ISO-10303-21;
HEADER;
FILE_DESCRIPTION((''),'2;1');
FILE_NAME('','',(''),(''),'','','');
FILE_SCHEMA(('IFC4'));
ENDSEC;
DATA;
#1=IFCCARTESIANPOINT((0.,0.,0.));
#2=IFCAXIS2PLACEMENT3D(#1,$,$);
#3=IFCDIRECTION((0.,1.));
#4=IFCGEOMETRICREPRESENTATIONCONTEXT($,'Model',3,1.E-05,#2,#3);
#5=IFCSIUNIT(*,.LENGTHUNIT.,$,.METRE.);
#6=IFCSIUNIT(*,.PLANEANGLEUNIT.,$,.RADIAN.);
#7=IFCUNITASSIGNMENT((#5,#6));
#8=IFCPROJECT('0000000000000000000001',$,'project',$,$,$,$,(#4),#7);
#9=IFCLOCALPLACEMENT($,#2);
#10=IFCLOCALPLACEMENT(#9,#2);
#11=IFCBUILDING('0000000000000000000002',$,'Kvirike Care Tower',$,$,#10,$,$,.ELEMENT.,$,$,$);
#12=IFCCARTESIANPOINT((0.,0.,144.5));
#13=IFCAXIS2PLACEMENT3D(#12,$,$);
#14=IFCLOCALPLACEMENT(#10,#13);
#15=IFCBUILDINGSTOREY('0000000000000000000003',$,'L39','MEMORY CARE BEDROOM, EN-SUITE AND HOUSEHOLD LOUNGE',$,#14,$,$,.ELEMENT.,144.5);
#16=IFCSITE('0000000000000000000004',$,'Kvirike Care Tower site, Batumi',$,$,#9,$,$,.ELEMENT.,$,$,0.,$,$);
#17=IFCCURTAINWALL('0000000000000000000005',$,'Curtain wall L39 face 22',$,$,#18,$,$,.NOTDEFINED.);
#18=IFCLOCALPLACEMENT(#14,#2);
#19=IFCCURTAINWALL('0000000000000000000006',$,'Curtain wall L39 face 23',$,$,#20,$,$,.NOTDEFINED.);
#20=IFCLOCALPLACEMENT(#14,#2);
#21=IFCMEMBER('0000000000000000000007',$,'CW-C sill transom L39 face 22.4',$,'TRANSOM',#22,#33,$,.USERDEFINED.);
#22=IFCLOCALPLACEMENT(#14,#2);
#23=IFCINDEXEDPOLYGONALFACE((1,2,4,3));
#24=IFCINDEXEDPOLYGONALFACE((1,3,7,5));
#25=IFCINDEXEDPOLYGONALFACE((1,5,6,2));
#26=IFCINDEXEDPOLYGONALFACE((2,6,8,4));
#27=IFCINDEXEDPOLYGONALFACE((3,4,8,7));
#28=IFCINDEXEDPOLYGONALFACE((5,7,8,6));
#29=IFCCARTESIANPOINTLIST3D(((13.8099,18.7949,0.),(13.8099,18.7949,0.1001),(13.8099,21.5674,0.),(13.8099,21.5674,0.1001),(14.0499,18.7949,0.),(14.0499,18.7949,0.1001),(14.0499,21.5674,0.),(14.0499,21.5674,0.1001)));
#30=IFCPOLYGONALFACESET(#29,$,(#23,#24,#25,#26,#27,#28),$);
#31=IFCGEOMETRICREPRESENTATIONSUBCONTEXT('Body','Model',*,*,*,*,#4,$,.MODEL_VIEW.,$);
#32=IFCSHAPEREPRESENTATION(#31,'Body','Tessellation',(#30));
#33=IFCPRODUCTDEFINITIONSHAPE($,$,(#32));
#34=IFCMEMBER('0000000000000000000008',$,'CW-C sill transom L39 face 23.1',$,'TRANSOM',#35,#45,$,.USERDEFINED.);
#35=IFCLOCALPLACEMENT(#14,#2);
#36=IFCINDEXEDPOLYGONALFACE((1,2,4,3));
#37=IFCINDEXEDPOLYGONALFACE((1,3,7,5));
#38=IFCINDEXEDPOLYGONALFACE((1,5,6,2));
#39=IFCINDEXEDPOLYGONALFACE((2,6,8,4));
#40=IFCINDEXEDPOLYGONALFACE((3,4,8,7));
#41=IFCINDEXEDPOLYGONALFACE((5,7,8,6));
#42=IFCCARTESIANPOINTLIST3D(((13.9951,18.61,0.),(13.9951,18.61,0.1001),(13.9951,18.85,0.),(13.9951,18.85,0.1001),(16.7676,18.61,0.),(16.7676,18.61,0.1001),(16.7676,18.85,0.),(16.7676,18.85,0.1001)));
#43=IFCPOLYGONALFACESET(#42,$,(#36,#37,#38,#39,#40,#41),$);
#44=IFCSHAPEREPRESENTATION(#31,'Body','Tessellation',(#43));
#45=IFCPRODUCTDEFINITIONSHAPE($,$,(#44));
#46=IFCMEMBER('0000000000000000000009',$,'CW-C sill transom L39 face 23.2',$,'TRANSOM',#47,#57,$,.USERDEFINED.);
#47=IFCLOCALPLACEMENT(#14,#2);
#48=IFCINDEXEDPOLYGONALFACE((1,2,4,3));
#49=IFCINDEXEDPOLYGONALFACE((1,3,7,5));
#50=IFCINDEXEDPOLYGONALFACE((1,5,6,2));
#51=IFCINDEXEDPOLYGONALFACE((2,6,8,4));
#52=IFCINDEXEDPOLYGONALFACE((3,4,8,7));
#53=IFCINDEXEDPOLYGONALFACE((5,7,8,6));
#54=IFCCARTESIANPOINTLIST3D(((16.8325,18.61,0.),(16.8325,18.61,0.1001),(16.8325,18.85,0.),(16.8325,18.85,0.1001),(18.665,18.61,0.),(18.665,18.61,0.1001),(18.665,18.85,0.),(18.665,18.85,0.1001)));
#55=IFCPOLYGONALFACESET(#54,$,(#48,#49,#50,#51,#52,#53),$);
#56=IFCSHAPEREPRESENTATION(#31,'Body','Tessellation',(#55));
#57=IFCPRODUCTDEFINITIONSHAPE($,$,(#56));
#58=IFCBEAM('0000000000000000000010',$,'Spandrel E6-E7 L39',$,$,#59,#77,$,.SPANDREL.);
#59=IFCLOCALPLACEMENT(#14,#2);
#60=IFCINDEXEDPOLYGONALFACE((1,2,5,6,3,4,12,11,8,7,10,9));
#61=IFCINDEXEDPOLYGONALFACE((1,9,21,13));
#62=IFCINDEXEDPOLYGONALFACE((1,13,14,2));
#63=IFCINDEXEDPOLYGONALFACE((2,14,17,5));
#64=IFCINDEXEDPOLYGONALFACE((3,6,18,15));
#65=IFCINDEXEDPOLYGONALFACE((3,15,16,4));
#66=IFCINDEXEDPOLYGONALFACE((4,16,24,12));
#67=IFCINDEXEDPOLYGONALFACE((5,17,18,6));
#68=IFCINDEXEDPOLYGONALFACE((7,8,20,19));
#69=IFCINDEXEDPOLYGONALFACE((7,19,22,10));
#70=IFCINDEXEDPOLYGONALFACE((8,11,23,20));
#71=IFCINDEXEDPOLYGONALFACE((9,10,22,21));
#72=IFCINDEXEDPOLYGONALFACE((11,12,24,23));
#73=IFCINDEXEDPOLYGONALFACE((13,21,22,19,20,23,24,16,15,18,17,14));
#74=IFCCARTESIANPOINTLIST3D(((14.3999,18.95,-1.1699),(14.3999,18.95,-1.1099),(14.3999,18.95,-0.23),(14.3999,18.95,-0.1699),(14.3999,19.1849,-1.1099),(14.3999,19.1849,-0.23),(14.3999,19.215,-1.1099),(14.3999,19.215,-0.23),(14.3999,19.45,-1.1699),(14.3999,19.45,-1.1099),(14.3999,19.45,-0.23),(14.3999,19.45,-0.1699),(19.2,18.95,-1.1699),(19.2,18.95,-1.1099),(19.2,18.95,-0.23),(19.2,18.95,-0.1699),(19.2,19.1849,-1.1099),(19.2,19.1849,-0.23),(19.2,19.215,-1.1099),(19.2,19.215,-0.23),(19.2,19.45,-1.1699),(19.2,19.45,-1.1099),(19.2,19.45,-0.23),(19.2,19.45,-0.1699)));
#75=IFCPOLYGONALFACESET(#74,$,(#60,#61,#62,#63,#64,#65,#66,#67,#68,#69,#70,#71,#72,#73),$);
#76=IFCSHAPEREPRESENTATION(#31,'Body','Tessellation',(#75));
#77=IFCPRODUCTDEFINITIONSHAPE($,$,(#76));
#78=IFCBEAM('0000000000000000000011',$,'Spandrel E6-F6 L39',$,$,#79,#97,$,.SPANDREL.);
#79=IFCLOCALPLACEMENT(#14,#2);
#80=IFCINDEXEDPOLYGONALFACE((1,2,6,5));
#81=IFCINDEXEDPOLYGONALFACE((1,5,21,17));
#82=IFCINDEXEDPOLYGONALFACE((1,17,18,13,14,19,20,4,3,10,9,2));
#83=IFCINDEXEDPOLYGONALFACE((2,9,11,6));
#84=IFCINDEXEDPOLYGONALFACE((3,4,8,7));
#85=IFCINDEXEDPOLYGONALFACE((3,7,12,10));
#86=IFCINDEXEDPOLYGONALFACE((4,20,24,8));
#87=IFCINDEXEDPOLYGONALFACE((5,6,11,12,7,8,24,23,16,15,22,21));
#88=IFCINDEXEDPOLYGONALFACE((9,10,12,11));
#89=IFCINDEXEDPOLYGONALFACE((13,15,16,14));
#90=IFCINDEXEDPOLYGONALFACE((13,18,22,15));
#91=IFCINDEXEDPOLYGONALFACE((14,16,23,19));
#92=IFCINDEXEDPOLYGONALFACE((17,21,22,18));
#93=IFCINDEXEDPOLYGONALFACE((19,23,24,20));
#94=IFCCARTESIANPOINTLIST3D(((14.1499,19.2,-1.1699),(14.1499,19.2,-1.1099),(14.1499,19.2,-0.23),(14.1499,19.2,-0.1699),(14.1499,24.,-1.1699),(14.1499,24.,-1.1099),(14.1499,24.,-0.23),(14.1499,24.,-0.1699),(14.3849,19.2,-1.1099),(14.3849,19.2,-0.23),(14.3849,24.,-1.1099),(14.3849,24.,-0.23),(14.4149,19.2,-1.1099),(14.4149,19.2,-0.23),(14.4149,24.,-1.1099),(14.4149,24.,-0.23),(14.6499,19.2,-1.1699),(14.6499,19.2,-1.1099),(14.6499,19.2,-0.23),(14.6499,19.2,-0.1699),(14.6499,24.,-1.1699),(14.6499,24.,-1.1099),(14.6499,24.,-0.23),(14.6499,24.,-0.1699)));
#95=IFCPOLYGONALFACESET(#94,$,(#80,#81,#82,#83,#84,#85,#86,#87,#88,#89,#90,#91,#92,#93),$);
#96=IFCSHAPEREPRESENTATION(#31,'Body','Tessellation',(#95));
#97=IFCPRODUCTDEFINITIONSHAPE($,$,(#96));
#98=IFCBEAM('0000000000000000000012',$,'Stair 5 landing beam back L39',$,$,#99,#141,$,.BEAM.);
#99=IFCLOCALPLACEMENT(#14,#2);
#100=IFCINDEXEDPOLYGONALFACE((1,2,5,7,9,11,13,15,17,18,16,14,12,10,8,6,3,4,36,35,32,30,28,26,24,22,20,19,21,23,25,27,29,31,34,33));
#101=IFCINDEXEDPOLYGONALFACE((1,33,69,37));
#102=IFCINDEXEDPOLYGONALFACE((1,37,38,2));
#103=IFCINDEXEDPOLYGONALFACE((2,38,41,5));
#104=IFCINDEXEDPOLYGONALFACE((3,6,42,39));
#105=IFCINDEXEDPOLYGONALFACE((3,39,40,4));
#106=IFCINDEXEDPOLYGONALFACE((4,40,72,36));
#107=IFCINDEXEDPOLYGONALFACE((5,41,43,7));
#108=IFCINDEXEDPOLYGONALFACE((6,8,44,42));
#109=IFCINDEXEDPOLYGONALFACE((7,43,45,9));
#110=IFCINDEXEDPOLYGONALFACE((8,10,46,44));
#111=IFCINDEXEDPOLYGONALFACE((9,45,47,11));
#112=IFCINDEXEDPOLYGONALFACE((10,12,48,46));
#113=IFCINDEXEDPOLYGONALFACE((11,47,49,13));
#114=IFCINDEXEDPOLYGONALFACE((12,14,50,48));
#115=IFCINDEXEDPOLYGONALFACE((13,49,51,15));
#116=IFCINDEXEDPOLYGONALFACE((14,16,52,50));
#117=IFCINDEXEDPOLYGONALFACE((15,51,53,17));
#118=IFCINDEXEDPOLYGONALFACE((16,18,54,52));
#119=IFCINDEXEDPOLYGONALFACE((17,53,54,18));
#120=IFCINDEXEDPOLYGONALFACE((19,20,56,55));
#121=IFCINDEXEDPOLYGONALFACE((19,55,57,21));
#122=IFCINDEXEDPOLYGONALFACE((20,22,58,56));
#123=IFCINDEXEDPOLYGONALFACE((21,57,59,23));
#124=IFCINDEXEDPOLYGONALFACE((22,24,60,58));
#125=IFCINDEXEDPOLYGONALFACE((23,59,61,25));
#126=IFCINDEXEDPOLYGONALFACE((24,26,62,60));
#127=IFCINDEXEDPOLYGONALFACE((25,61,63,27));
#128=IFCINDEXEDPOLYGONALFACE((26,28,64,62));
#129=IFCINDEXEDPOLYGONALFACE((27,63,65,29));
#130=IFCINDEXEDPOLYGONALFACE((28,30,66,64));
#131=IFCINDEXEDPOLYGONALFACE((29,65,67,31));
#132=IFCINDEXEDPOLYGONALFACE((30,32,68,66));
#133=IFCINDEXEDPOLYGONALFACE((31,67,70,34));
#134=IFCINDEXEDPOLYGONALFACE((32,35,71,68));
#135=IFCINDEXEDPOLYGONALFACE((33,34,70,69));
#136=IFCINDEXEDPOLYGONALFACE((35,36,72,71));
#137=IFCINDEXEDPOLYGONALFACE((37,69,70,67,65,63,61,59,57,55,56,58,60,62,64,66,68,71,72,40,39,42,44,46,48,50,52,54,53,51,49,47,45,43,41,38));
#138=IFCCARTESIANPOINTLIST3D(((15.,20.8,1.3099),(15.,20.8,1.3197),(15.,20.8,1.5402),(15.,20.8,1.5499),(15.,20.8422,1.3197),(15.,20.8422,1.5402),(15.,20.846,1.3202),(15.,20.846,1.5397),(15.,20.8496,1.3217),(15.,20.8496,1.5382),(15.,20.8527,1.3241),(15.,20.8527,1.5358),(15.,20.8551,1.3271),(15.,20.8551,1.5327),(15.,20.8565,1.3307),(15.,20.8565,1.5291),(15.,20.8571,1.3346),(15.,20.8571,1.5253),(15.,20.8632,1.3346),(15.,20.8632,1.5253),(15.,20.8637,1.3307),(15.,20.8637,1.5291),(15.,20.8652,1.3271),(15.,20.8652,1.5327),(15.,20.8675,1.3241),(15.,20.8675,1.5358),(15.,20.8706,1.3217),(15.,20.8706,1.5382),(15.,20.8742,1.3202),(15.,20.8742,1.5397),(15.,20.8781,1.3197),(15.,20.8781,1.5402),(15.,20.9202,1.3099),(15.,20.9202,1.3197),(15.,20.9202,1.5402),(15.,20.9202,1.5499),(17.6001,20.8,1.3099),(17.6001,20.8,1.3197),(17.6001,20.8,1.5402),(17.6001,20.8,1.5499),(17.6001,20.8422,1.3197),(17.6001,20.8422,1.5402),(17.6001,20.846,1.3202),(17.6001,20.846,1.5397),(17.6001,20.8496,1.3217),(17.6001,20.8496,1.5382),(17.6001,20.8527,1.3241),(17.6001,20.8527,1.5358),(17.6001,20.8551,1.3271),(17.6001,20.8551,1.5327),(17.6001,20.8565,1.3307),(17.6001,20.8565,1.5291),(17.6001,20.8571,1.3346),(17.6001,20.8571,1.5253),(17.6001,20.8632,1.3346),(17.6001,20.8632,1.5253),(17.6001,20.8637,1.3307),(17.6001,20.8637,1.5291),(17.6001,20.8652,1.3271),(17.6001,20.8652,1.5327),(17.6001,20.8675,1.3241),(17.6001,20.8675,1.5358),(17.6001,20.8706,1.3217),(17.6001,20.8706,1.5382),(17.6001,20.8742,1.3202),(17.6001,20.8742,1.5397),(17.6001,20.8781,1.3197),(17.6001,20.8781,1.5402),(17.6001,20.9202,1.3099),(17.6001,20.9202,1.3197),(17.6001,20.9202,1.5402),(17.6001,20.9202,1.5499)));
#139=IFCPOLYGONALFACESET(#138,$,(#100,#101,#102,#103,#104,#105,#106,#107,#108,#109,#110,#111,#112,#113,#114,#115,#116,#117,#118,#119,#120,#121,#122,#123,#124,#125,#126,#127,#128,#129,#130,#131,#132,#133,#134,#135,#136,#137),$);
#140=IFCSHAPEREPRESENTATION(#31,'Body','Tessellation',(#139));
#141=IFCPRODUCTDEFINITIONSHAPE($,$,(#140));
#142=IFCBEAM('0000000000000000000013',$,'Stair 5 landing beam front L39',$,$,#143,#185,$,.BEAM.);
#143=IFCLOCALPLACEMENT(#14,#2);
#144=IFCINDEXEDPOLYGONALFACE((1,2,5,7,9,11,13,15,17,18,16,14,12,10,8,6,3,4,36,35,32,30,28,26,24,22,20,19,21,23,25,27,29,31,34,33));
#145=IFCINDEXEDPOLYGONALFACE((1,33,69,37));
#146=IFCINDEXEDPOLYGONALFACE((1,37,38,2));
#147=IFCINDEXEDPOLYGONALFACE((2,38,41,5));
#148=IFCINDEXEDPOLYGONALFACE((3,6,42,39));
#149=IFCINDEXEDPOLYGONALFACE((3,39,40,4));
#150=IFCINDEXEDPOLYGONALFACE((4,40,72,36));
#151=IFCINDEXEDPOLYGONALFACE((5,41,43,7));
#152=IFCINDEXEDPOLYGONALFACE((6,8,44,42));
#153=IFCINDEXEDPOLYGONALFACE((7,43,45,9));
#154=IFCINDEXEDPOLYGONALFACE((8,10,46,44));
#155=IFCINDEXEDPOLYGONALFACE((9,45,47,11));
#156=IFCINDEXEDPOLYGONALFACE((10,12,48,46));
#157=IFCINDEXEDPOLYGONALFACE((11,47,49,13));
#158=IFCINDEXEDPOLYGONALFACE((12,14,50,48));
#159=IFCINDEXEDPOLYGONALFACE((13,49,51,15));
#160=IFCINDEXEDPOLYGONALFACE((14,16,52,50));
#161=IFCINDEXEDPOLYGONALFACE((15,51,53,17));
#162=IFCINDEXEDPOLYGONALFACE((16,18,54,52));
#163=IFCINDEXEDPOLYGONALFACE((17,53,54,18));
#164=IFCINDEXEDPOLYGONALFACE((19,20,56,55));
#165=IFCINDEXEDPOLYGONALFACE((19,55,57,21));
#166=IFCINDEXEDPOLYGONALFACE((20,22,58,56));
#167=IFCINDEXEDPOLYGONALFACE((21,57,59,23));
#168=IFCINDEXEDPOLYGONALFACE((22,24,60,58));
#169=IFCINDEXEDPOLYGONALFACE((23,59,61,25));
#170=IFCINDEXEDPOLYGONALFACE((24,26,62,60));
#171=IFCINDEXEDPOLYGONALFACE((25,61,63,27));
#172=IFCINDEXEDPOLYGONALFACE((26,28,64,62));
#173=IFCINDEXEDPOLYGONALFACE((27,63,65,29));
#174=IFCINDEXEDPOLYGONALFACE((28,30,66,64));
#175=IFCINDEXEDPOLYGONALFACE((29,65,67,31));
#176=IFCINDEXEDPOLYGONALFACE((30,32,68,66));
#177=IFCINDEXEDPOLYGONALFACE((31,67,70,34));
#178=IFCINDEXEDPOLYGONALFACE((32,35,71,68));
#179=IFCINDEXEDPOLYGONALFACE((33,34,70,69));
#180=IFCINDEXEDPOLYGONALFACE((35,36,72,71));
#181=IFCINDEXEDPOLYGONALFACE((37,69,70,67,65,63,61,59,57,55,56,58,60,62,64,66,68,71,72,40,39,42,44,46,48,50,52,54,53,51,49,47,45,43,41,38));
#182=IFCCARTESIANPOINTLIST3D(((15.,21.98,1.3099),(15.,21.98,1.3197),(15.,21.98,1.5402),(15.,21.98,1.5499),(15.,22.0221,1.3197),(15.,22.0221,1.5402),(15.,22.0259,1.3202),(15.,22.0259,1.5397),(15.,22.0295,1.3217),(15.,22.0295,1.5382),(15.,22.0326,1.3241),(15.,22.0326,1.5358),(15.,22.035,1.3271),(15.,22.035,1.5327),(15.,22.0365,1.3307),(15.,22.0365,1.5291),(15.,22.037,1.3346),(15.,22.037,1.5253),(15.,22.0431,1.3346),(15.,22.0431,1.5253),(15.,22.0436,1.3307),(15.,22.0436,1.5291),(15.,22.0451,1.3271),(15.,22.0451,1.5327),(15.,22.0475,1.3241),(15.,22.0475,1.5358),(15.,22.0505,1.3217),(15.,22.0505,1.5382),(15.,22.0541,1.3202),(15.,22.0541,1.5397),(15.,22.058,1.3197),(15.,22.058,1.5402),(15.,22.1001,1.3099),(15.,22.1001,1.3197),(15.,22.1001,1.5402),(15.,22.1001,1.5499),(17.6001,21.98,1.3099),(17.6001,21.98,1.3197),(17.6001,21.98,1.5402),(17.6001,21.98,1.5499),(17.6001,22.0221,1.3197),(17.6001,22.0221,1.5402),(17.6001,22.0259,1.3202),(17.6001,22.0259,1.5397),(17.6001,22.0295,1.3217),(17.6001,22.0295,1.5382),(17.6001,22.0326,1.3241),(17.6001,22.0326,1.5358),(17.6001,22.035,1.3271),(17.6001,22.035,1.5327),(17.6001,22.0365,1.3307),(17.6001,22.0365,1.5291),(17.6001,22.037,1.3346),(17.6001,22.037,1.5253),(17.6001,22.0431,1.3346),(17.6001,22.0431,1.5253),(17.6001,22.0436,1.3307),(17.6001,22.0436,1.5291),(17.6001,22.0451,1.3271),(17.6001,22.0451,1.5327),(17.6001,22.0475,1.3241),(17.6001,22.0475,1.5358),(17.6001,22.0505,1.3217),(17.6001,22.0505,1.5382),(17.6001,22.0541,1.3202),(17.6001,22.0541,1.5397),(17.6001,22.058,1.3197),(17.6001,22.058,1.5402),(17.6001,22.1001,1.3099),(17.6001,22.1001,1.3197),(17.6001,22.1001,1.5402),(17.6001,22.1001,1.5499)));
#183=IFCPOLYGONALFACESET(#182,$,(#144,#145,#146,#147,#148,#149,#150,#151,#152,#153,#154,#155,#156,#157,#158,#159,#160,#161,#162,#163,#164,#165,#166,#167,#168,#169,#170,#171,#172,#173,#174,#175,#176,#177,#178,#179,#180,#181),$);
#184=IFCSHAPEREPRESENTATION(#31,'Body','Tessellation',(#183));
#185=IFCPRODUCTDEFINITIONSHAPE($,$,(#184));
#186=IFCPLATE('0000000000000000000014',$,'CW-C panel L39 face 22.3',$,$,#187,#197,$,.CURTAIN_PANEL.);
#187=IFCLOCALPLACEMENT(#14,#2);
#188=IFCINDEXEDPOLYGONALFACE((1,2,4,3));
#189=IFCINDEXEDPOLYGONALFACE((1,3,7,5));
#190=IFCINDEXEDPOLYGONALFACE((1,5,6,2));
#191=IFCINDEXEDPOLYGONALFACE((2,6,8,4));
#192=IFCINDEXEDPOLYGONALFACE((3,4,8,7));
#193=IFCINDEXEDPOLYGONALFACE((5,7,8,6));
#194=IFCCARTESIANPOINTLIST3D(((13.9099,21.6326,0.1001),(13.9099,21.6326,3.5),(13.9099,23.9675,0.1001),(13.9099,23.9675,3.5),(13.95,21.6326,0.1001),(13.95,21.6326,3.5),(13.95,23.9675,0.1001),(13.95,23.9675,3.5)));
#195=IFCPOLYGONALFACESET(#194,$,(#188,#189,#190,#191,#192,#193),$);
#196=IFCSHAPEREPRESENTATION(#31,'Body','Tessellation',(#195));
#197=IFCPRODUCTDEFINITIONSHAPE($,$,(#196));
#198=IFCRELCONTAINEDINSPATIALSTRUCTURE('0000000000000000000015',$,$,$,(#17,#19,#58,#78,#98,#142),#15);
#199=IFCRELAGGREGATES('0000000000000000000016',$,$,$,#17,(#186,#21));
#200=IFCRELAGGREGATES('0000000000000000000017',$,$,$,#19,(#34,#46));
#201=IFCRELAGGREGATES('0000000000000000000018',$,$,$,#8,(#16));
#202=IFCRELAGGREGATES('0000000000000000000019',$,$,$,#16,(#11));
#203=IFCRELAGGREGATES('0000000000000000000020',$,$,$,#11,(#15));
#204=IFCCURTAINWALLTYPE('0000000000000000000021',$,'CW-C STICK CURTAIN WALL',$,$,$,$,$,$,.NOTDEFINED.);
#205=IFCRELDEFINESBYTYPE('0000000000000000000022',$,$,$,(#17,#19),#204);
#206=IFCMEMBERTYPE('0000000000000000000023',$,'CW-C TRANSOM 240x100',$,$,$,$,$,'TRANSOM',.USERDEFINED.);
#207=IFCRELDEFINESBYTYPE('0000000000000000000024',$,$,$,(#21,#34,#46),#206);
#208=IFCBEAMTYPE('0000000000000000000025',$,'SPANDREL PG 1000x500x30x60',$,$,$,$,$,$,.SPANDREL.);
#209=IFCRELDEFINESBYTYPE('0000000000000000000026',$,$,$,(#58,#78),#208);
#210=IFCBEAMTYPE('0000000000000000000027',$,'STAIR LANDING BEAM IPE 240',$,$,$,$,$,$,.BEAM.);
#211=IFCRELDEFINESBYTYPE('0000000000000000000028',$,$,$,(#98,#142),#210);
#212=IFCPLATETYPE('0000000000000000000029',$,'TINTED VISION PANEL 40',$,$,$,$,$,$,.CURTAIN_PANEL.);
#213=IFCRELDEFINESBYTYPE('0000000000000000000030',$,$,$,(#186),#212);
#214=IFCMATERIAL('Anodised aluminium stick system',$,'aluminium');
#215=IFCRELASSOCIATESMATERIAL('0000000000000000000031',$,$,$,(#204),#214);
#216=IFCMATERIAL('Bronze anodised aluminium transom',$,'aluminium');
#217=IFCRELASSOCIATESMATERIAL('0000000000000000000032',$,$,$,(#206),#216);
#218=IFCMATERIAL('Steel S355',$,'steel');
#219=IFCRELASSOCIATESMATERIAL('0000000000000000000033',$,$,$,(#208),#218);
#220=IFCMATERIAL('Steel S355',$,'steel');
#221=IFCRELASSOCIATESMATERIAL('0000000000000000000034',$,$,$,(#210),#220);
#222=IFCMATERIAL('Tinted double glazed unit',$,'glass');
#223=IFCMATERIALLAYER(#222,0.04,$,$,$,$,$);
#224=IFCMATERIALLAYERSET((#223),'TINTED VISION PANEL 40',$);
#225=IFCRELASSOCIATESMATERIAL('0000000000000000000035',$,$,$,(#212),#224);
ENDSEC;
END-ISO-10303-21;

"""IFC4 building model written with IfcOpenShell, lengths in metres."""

from ifc_helpers import new_model, si_unit, direction, frame, origin, origin_2d, place, context, subcontext, project, spatial, rectangle, i_section, extrude, material, layer, layer_set, material_profile, profile_set, type_object, element, aggregate, save


model = new_model("IFC4")

# Units and contexts
model_context = context("Model", 3, precision=1e-05, world=origin(), true_north=direction((0.0, 1.0)))
body_context = subcontext(model_context, "Body", "Model", "MODEL_VIEW")
ifc_project = project(units=[si_unit("LENGTHUNIT", "METRE"), si_unit("PLANEANGLEUNIT", "RADIAN")], contexts=[model_context])

# Site, building, storey
site_placement = place(None, origin())
site = spatial("IfcSite", under=ifc_project, at=site_placement, Name="Kvirike Care Tower site, Batumi", CompositionType="ELEMENT", RefElevation=0.0)
building_placement = place(site_placement, origin())
building = spatial("IfcBuilding", under=site, at=building_placement, Name="Kvirike Care Tower", CompositionType="ELEMENT")
storey_placement = place(building_placement, frame((0.0, 0.0, 144.5)))
storey = spatial("IfcBuildingStorey", under=building, at=storey_placement, Name="L39", Description="MEMORY CARE BEDROOM, EN-SUITE AND HOUSEHOLD LOUNGE", CompositionType="ELEMENT", Elevation=144.5)

# Curtain walls
ifc_material_1 = material(Name="Anodised aluminium stick system", Category="aluminium")
curtain_wall_type = type_object("IfcCurtainWallType", Name="CW-C STICK CURTAIN WALL", PredefinedType="NOTDEFINED", material=ifc_material_1)
curtain_wall_1_placement = place(storey_placement, origin())
curtain_wall_1 = element("IfcCurtainWall", 1, at=curtain_wall_1_placement, inside=storey, type_object=curtain_wall_type, Name="Curtain wall L39 face 22", PredefinedType="NOTDEFINED")
curtain_wall_2_placement = place(storey_placement, origin())
curtain_wall_2 = element("IfcCurtainWall", 2, at=curtain_wall_2_placement, inside=storey, type_object=curtain_wall_type, Name="Curtain wall L39 face 23", PredefinedType="NOTDEFINED")

# Members
ifc_material_2 = material(Name="Bronze anodised aluminium transom", Category="aluminium")
ifc_material_profile_1 = material_profile(ifc_material_2, rectangle(XDim=0.24, YDim=0.1001, at=origin_2d()), Name="CW-C TRANSOM 240x100")
ifc_profile_set_1 = profile_set([ifc_material_profile_1], Name="Bronze anodised aluminium transom")
member_type_1 = type_object("IfcMemberType", Name="CW-C TRANSOM 240x100", ElementType="TRANSOM", PredefinedType="USERDEFINED", material=ifc_profile_set_1)
member_1_placement = place(storey_placement, frame((13.9299, 21.5674, 0.05), z_axis=(0.0, -1.0, 0.0), x_axis=(1.0, 0.0, 0.0)))
member_1 = element("IfcMember", 3, at=member_1_placement, type_object=member_type_1, Name="CW-C sill transom L39 face 22.4", ObjectType="TRANSOM", PredefinedType="USERDEFINED", context=body_context, shape_type="SweptSolid", body=[
    extrude(rectangle(XDim=0.24, YDim=0.1001, at=origin_2d()), origin(), (0.0, 0.0, 1.0), 2.7725),
])
member_2_placement = place(storey_placement, frame((13.9951, 18.73, 0.05), z_axis=(1.0, 0.0, 0.0), x_axis=(0.0, 1.0, 0.0)))
member_2 = element("IfcMember", 4, at=member_2_placement, type_object=member_type_1, Name="CW-C sill transom L39 face 23.1", ObjectType="TRANSOM", PredefinedType="USERDEFINED", context=body_context, shape_type="SweptSolid", body=[
    extrude(rectangle(XDim=0.24, YDim=0.1001, at=origin_2d()), origin(), (0.0, 0.0, 1.0), 2.7725),
])
member_3_placement = place(storey_placement, frame((16.8325, 18.73, 0.05), z_axis=(1.0, 0.0, 0.0), x_axis=(0.0, 1.0, 0.0)))
member_3 = element("IfcMember", 5, at=member_3_placement, type_object=member_type_1, Name="CW-C sill transom L39 face 23.2", ObjectType="TRANSOM", PredefinedType="USERDEFINED", context=body_context, shape_type="SweptSolid", body=[
    extrude(rectangle(XDim=0.24, YDim=0.1001, at=origin_2d()), origin(), (0.0, 0.0, 1.0), 1.8325),
])

# Beams
ifc_material_3 = material(Name="Steel S355", Category="steel")
ifc_material_profile_2 = material_profile(ifc_material_3, i_section(OverallWidth=0.5, OverallDepth=1.0, WebThickness=0.03, FlangeThickness=0.0601, at=origin_2d()), Name="PG 1000x500x30x60")
ifc_profile_set_2 = profile_set([ifc_material_profile_2], Name="Steel S355")
beam_type_1 = type_object("IfcBeamType", Name="SPANDREL PG 1000x500x30x60", PredefinedType="SPANDREL", material=ifc_profile_set_2)
for number, where, z_axis, x_axis, name in (
    (6, (14.3999, 19.2, -0.6699), (1.0, 0.0, 0.0), (0.0, 1.0, 0.0), "Spandrel E6-E7 L39"),
    (7, (14.3999, 19.2, -0.6699), (0.0, 1.0, 0.0), (-1.0, 0.0, 0.0), "Spandrel E6-F6 L39"),
):
    element("IfcBeam", number, at=place(storey_placement, frame(where, z_axis=z_axis, x_axis=x_axis)), inside=storey, type_object=beam_type_1, Name=name, PredefinedType="SPANDREL", context=body_context, shape_type="SweptSolid", body=[
        extrude(i_section(OverallWidth=0.5, OverallDepth=1.0, WebThickness=0.03, FlangeThickness=0.0601, at=origin_2d()), origin(), (0.0, 0.0, 1.0), 4.8),
    ])
ifc_material_4 = material(Name="Steel S355", Category="steel")
ifc_material_profile_3 = material_profile(ifc_material_4, i_section(OverallWidth=0.1201, OverallDepth=0.24, WebThickness=0.0061, FlangeThickness=0.0098, FilletRadius=0.0149, at=origin_2d()), Name="IPE 240")
ifc_profile_set_3 = profile_set([ifc_material_profile_3], Name="Steel S355")
beam_type_2 = type_object("IfcBeamType", Name="STAIR LANDING BEAM IPE 240", PredefinedType="BEAM", material=ifc_profile_set_3)
for number, where, z_axis, x_axis, name in (
    (8, (15.0, 20.8601, 1.4299), (1.0, 0.0, 0.0), (0.0, 1.0, 0.0), "Stair 5 landing beam back L39"),
    (9, (15.0, 22.04, 1.4299), (1.0, 0.0, 0.0), (0.0, 1.0, 0.0), "Stair 5 landing beam front L39"),
):
    element("IfcBeam", number, at=place(storey_placement, frame(where, z_axis=z_axis, x_axis=x_axis)), inside=storey, type_object=beam_type_2, Name=name, PredefinedType="BEAM", context=body_context, shape_type="SweptSolid", body=[
        extrude(i_section(OverallWidth=0.1201, OverallDepth=0.24, WebThickness=0.0061, FlangeThickness=0.0098, FilletRadius=0.0149, at=origin_2d()), origin(), (0.0, 0.0, 1.0), 2.6001),
    ])

# Plate
ifc_material_5 = material(Name="Tinted double glazed unit", Category="glass")
ifc_layer_1 = layer(ifc_material_5, 0.04)
ifc_layer_set_1 = layer_set([ifc_layer_1], Name="TINTED VISION PANEL 40")
plate_type = type_object("IfcPlateType", Name="TINTED VISION PANEL 40", PredefinedType="CURTAIN_PANEL", material=ifc_layer_set_1)
plate_1_placement = place(storey_placement, frame((13.9299, 22.8, 0.1001), z_axis=(0.0, 0.0, 1.0), x_axis=(0.0, -1.0, 0.0)))
plate_1 = element("IfcPlate", 10, at=plate_1_placement, type_object=plate_type, Name="CW-C panel L39 face 22.3", PredefinedType="CURTAIN_PANEL", context=body_context, shape_type="SweptSolid", body=[
    extrude(rectangle(XDim=2.335, YDim=0.04, at=origin_2d()), origin(), (0.0, 0.0, 1.0), 3.3999),
])
aggregate(curtain_wall_1, [plate_1, member_1])
aggregate(curtain_wall_2, [member_2, member_3])

save(model, "model.ifc")
